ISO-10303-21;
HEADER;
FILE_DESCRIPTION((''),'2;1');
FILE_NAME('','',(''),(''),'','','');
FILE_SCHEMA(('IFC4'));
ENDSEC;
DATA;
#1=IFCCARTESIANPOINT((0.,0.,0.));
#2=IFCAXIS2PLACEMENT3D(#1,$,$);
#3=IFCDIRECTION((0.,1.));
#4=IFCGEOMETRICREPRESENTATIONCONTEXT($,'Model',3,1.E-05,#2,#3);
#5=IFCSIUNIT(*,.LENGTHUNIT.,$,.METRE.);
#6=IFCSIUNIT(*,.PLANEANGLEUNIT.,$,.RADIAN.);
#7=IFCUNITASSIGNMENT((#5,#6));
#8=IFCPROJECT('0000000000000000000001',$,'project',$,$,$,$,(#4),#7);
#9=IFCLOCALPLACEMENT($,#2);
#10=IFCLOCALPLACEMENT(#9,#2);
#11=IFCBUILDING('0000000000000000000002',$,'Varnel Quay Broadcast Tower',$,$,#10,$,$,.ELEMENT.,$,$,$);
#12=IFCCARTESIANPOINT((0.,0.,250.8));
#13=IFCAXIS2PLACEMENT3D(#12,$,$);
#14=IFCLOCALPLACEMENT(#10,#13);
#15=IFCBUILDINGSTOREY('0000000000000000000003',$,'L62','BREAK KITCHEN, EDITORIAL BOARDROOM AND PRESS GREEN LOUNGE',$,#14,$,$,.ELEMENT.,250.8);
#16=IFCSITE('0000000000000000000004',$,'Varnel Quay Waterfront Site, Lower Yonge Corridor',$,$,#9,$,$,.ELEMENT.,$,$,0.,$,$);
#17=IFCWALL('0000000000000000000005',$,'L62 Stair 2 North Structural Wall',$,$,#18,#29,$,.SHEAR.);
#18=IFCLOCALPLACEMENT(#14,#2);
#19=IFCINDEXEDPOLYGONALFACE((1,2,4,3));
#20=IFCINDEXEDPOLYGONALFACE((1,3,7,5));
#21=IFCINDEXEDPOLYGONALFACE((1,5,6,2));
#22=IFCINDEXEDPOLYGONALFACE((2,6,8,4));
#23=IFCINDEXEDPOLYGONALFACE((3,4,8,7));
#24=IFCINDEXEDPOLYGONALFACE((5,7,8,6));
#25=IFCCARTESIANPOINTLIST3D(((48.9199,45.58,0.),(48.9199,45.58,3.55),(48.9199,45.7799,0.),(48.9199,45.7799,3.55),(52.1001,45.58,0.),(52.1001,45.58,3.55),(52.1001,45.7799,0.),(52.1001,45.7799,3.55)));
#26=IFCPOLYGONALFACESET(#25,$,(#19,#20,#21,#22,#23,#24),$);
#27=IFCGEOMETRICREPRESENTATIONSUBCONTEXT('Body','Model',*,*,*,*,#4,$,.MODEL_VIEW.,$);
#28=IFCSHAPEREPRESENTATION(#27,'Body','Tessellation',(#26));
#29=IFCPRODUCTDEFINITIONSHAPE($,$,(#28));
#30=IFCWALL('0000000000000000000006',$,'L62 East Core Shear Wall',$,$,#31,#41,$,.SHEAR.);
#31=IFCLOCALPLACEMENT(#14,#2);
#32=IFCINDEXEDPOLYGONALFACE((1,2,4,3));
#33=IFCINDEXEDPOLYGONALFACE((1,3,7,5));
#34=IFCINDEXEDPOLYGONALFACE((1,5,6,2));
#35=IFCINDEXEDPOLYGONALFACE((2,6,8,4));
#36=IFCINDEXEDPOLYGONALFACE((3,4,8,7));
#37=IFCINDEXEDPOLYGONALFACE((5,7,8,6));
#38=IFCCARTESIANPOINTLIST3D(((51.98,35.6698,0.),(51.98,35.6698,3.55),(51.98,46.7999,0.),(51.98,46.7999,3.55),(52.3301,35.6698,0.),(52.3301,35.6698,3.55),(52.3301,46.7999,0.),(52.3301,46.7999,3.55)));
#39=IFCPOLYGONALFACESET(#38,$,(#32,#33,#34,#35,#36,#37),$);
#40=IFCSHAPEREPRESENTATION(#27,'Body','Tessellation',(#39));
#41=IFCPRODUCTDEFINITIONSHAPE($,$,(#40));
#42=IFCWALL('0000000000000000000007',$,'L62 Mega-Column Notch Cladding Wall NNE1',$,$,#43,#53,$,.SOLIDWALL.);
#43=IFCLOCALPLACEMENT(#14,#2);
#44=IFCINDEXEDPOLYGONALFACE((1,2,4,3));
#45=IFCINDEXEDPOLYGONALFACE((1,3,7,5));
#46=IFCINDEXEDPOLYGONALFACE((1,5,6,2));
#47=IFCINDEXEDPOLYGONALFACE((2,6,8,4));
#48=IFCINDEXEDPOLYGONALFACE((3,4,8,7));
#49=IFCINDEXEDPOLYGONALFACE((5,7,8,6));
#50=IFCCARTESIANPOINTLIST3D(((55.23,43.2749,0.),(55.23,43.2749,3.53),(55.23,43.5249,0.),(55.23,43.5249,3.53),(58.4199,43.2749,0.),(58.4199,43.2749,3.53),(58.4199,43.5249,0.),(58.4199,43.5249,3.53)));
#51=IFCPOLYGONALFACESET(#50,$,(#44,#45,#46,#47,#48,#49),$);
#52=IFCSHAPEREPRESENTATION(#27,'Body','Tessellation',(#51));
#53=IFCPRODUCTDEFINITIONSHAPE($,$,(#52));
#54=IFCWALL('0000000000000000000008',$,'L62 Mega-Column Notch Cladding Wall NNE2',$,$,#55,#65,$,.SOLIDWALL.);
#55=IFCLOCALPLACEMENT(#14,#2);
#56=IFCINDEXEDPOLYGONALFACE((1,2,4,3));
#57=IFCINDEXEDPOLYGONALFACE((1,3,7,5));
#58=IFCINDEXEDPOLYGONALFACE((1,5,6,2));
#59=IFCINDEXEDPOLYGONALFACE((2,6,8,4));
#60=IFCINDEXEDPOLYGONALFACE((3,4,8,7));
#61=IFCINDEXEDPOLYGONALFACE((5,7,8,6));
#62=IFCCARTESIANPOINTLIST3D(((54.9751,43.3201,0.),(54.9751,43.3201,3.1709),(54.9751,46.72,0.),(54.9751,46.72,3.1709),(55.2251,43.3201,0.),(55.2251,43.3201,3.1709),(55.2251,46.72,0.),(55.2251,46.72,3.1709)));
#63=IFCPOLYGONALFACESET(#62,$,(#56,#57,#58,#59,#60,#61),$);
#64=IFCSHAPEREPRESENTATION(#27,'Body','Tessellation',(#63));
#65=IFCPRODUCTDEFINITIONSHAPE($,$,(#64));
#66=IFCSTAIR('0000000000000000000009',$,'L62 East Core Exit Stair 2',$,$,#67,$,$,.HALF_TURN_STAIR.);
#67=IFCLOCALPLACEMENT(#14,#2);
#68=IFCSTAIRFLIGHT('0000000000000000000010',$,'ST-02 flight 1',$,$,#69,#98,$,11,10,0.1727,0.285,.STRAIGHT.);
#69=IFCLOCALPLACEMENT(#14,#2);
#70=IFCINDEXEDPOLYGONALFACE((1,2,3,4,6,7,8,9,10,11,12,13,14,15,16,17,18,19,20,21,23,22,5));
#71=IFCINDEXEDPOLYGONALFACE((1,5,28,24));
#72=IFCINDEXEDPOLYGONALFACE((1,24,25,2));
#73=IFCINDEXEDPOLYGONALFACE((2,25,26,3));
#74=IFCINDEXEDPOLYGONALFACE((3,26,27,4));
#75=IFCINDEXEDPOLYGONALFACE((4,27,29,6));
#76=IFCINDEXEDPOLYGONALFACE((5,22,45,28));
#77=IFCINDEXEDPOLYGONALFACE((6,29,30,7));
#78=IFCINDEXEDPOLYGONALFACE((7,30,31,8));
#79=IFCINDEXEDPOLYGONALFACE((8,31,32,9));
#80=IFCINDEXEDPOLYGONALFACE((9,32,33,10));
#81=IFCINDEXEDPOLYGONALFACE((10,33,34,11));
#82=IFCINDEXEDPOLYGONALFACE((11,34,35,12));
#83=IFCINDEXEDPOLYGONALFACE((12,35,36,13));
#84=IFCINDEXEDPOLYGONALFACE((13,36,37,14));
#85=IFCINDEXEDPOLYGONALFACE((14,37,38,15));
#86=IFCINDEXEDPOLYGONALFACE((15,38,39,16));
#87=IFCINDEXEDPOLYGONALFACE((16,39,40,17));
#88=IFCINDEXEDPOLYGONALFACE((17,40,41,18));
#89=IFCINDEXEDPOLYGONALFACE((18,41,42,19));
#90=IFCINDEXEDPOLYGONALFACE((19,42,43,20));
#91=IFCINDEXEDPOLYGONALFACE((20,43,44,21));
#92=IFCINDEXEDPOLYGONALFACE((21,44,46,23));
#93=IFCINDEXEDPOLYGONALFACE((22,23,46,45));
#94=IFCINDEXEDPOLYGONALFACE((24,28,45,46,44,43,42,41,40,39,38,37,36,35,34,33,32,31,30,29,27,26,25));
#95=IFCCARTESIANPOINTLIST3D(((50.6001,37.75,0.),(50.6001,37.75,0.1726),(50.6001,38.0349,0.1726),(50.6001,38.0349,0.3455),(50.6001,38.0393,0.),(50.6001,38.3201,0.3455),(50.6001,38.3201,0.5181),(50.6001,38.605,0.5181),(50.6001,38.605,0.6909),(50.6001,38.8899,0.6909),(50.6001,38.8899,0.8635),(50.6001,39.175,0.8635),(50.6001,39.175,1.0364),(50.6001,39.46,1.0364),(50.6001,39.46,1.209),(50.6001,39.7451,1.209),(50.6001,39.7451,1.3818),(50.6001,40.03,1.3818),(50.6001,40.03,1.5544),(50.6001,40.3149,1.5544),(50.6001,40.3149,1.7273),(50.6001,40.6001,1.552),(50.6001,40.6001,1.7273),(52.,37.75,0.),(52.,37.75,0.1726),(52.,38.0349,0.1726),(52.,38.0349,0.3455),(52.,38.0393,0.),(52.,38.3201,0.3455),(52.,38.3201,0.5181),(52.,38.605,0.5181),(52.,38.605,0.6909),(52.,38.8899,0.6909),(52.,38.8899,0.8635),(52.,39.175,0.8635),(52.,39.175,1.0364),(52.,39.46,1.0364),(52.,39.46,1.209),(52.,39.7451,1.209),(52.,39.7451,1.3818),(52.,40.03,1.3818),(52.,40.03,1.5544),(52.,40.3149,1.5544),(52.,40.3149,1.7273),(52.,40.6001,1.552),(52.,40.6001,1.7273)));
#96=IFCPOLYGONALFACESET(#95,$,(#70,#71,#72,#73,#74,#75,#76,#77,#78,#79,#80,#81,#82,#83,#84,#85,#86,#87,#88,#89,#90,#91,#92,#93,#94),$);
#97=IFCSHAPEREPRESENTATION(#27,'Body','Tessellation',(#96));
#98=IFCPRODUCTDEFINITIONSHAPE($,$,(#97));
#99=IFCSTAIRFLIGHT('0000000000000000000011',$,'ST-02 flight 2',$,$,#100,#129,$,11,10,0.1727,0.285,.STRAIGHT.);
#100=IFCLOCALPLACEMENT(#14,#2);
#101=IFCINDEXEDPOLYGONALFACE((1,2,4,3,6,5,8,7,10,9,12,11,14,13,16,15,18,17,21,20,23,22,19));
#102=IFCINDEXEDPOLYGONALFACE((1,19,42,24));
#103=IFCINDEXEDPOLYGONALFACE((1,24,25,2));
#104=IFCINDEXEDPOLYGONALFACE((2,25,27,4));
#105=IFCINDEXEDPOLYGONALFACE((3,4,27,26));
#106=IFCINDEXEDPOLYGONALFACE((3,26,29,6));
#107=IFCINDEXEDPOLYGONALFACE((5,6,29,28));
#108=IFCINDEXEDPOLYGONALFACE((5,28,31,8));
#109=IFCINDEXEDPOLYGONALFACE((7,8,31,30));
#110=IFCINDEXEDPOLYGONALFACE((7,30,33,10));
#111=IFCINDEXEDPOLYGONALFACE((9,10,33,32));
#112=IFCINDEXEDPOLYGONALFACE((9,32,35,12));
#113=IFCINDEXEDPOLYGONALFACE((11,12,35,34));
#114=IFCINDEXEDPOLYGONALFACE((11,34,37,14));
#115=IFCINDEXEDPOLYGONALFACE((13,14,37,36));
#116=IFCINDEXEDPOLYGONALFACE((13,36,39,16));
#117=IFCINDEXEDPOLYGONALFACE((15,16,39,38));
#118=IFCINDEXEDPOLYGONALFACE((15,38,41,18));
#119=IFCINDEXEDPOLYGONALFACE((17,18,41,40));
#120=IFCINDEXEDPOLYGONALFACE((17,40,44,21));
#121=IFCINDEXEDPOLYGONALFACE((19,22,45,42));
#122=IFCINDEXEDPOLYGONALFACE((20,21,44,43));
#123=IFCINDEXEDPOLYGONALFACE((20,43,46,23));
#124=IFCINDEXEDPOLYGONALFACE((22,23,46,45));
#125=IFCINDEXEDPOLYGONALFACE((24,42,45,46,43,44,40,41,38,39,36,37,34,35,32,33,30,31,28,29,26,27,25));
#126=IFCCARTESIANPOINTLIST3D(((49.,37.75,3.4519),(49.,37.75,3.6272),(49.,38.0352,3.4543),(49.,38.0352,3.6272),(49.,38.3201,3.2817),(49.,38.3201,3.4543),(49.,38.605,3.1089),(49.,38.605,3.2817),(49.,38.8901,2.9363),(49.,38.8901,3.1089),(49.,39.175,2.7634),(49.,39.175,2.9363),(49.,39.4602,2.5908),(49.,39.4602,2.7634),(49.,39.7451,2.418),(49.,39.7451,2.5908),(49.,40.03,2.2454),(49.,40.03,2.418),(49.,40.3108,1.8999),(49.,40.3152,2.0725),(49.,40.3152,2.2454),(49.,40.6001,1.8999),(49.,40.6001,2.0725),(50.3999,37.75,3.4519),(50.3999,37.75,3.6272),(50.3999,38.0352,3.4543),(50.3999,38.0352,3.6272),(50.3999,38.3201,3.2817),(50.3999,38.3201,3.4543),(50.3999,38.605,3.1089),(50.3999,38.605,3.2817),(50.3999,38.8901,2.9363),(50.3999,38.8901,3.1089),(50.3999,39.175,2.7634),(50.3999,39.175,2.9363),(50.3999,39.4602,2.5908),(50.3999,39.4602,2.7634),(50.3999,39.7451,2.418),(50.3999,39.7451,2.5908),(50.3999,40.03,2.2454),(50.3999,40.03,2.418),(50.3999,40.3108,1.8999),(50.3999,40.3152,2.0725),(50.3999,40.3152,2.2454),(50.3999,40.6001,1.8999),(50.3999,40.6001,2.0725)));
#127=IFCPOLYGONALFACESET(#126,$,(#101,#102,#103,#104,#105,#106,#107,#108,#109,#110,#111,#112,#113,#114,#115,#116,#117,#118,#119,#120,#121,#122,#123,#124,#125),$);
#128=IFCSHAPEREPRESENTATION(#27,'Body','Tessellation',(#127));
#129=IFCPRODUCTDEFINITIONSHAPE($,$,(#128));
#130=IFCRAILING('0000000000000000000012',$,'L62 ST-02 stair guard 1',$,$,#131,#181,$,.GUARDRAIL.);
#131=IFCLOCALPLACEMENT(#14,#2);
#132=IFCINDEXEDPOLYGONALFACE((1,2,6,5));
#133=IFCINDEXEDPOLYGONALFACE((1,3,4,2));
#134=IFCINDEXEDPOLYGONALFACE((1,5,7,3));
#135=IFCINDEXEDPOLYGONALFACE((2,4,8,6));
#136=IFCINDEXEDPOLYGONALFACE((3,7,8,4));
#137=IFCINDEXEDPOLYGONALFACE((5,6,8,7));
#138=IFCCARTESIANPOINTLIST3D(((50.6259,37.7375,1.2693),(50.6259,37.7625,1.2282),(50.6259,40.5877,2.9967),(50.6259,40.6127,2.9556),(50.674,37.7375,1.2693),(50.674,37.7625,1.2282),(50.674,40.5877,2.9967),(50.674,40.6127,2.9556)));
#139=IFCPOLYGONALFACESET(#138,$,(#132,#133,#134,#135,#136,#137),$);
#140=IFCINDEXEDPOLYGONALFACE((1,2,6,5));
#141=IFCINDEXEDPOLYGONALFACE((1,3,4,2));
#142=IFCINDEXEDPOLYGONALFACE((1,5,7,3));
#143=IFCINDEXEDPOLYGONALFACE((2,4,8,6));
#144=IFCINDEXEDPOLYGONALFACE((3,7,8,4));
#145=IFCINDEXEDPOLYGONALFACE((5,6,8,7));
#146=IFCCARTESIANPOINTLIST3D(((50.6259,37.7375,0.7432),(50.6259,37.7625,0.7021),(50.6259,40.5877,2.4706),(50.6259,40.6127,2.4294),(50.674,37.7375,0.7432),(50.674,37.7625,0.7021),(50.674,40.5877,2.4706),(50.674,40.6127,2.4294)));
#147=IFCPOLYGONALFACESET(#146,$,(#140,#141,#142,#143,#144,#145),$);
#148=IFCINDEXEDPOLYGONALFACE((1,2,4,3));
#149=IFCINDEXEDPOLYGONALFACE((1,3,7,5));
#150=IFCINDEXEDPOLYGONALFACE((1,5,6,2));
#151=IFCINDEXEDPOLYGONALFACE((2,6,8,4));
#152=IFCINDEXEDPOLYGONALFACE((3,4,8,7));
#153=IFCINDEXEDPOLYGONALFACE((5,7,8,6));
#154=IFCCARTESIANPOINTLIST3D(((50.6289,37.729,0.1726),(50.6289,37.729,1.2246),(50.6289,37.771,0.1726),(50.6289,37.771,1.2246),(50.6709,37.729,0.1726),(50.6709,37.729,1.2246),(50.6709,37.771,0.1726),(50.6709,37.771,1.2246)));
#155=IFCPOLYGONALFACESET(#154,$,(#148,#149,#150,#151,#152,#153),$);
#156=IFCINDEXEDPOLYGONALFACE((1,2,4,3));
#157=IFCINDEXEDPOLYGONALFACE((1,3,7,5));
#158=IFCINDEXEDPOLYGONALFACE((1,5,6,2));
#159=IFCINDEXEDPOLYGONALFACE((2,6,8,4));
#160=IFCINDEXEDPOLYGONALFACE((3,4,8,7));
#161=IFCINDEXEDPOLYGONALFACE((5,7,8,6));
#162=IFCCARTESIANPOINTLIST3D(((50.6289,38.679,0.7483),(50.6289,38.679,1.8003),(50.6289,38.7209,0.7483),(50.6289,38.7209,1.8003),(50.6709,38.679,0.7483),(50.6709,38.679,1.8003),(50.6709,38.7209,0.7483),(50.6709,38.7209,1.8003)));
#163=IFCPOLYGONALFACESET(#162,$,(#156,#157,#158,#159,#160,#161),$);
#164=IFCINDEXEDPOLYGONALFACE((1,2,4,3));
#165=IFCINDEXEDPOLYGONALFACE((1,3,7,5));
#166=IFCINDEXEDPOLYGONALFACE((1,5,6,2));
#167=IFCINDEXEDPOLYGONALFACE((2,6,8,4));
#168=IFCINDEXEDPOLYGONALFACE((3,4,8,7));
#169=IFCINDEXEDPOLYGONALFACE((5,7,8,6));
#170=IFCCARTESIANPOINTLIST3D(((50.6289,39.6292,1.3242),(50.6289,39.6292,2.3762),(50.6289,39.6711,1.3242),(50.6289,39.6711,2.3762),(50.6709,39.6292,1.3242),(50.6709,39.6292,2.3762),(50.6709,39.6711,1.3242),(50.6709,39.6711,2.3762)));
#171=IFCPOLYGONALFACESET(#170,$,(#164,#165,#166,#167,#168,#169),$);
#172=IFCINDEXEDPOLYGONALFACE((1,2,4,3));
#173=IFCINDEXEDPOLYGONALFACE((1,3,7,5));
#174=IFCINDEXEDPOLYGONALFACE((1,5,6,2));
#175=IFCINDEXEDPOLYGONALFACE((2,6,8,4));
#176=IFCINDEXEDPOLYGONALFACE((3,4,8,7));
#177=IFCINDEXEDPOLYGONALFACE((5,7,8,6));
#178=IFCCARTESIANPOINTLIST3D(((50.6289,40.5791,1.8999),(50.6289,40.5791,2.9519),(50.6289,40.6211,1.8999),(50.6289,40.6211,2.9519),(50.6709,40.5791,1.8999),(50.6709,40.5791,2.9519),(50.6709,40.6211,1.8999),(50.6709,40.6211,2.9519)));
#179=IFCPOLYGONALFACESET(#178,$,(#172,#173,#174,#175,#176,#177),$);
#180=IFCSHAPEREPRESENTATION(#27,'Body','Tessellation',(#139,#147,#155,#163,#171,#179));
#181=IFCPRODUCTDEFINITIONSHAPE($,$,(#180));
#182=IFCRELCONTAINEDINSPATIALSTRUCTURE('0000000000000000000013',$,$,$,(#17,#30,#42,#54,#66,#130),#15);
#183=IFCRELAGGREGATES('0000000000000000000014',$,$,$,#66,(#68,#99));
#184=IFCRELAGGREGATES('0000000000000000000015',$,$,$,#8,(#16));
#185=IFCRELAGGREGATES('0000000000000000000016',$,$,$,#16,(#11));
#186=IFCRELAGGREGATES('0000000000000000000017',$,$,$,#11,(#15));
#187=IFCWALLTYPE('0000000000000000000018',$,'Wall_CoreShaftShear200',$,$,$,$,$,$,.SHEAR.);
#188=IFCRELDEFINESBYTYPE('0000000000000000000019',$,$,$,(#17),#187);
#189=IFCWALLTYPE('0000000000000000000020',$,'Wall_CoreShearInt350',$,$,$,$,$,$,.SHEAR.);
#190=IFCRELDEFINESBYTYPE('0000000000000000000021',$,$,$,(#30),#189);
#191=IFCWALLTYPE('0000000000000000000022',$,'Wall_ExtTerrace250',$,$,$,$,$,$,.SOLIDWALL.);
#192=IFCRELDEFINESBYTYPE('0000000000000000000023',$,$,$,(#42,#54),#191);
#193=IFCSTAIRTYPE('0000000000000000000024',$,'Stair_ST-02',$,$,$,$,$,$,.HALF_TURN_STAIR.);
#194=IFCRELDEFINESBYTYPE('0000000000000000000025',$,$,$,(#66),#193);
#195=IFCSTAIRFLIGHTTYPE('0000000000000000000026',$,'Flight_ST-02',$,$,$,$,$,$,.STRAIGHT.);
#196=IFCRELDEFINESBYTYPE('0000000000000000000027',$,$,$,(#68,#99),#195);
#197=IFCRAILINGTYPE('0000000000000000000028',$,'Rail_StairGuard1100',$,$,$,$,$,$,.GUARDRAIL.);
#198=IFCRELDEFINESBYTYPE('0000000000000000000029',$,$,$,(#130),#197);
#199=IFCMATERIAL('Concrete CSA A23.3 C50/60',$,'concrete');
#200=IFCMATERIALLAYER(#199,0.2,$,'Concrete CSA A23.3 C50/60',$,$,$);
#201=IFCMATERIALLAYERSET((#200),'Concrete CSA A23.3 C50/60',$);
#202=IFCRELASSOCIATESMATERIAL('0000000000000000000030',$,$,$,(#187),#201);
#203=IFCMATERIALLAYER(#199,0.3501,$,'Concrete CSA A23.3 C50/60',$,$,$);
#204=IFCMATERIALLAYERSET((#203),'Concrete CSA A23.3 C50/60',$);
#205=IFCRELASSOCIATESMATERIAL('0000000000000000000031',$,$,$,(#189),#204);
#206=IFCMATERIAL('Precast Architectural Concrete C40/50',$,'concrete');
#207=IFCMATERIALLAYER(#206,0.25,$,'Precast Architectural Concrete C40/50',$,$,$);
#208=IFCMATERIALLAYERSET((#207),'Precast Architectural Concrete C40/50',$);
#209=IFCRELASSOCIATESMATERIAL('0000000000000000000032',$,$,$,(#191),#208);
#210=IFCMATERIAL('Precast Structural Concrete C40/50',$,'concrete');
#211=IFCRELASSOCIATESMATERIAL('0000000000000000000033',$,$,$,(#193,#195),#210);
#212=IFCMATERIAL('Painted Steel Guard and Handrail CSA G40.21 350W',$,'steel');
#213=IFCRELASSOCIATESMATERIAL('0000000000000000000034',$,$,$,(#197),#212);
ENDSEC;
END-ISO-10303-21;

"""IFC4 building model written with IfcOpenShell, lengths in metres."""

from ifc_helpers import new_model, si_unit, direction, frame, frame_2d, origin, origin_2d, place, context, subcontext, project, spatial, polyline, rectangle, outline, extrude, material, layer, layer_set, type_object, element, aggregate, save


model = new_model("IFC4")

# Units and contexts
model_context = context("Model", 3, precision=1e-05, world=origin(), true_north=direction((0.0, 1.0)))
body_context = subcontext(model_context, "Body", "Model", "MODEL_VIEW")
ifc_project = project(units=[si_unit("LENGTHUNIT", "METRE"), si_unit("PLANEANGLEUNIT", "RADIAN")], contexts=[model_context])

# Site, building, storey
site_placement = place(None, origin())
site = spatial("IfcSite", under=ifc_project, at=site_placement, Name="Varnel Quay Waterfront Site, Lower Yonge Corridor", CompositionType="ELEMENT", RefElevation=0.0)
building_placement = place(site_placement, origin())
building = spatial("IfcBuilding", under=site, at=building_placement, Name="Varnel Quay Broadcast Tower", CompositionType="ELEMENT")
storey_placement = place(building_placement, frame((0.0, 0.0, 250.8)))
storey = spatial("IfcBuildingStorey", under=building, at=storey_placement, Name="L62", Description="BREAK KITCHEN, EDITORIAL BOARDROOM AND PRESS GREEN LOUNGE", CompositionType="ELEMENT", Elevation=250.8)

# Walls
ifc_material_1 = material(Name="Concrete CSA A23.3 C50/60", Category="concrete")
ifc_layer_1 = layer(ifc_material_1, 0.2, Name="Concrete CSA A23.3 C50/60")
ifc_layer_set_1 = layer_set([ifc_layer_1], Name="Concrete CSA A23.3 C50/60")
wall_type_1 = type_object("IfcWallType", Name="Wall_CoreShaftShear200", PredefinedType="SHEAR", material=ifc_layer_set_1)
wall_1_placement = place(storey_placement, frame((48.9199, 45.6799, 0.0), z_axis=(0.0, 0.0, 1.0), x_axis=(1.0, 0.0, 0.0)))
element("IfcWall", 1, at=wall_1_placement, inside=storey, type_object=wall_type_1, Name="L62 Stair 2 North Structural Wall", PredefinedType="SHEAR", context=body_context, shape_type="SweptSolid", body=[
    extrude(rectangle(XDim=3.1802, YDim=0.2, at=frame_2d((1.5901, 0.0))), origin(), (0.0, 0.0, 1.0), 3.55),
])
ifc_layer_2 = layer(ifc_material_1, 0.3501, Name="Concrete CSA A23.3 C50/60")
ifc_layer_set_2 = layer_set([ifc_layer_2], Name="Concrete CSA A23.3 C50/60")
wall_type_2 = type_object("IfcWallType", Name="Wall_CoreShearInt350", PredefinedType="SHEAR", material=ifc_layer_set_2)
wall_2_placement = place(storey_placement, frame((52.155, 35.6699, 0.0), z_axis=(0.0, 0.0, 1.0), x_axis=(0.0, 1.0, 0.0)))
element("IfcWall", 2, at=wall_2_placement, inside=storey, type_object=wall_type_2, Name="L62 East Core Shear Wall", PredefinedType="SHEAR", context=body_context, shape_type="SweptSolid", body=[
    extrude(rectangle(XDim=11.1301, YDim=0.3501, at=frame_2d((5.5649, 0.0))), origin(), (0.0, 0.0, 1.0), 3.55),
])
ifc_material_2 = material(Name="Precast Architectural Concrete C40/50", Category="concrete")
ifc_layer_3 = layer(ifc_material_2, 0.25, Name="Precast Architectural Concrete C40/50")
ifc_layer_set_3 = layer_set([ifc_layer_3], Name="Precast Architectural Concrete C40/50")
wall_type_3 = type_object("IfcWallType", Name="Wall_ExtTerrace250", PredefinedType="SOLIDWALL", material=ifc_layer_set_3)
wall_3_placement = place(storey_placement, frame((55.23, 43.3999, 0.0), z_axis=(0.0, 0.0, 1.0), x_axis=(1.0, 0.0, 0.0)))
element("IfcWall", 3, at=wall_3_placement, inside=storey, type_object=wall_type_3, Name="L62 Mega-Column Notch Cladding Wall NNE1", PredefinedType="SOLIDWALL", context=body_context, shape_type="SweptSolid", body=[
    extrude(rectangle(XDim=3.1899, YDim=0.25, at=frame_2d((1.595, 0.0))), origin(), (0.0, 0.0, 1.0), 3.53),
])
wall_4_placement = place(storey_placement, frame((55.1001, 43.3201, 0.0), z_axis=(0.0, 0.0, 1.0), x_axis=(0.0, 1.0, 0.0)))
element("IfcWall", 4, at=wall_4_placement, inside=storey, type_object=wall_type_3, Name="L62 Mega-Column Notch Cladding Wall NNE2", PredefinedType="SOLIDWALL", context=body_context, shape_type="SweptSolid", body=[
    extrude(rectangle(XDim=3.3999, YDim=0.25, at=frame_2d((1.7, 0.0))), origin(), (0.0, 0.0, 1.0), 3.1709),
])

# Stair, stair flights
ifc_material_3 = material(Name="Precast Structural Concrete C40/50", Category="concrete")
stair_type = type_object("IfcStairType", Name="Stair_ST-02", PredefinedType="HALF_TURN_STAIR", material=ifc_material_3)
stair_placement = place(storey_placement, origin())
stair = element("IfcStair", 5, at=stair_placement, inside=storey, type_object=stair_type, Name="L62 East Core Exit Stair 2", PredefinedType="HALF_TURN_STAIR")
stair_flight_type = type_object("IfcStairFlightType", Name="Flight_ST-02", PredefinedType="STRAIGHT", material=ifc_material_3)
stair_flight_1_placement = place(storey_placement, frame((51.3, 37.75, 0.0), z_axis=(0.0, 0.0, 1.0), x_axis=(0.0, 1.0, 0.0)))
stair_flight_1 = element("IfcStairFlight", 6, at=stair_flight_1_placement, type_object=stair_flight_type, Name="ST-02 flight 1", NumberOfRisers=11, NumberOfTreads=10, PredefinedType="STRAIGHT", RiserHeight=0.1727, TreadLength=0.285, context=body_context, shape_type="SweptSolid", body=[
    extrude(outline(polyline([(0.0, 0.0), (0.0, 0.1726), (0.2849, 0.1726), (0.2849, 0.3455), (0.5701, 0.3455), (0.5701, 0.5181), (0.855, 0.5181), (0.855, 0.6909), (1.1399, 0.6909), (1.1399, 0.8635), (1.425, 0.8635), (1.425, 1.0364), (1.71, 1.0364), (1.71, 1.209), (1.9951, 1.209), (1.9951, 1.3818), (2.28, 1.3818), (2.28, 1.5544), (2.5649, 1.5544), (2.5649, 1.7273), (2.8501, 1.7273), (2.8501, 1.8999), (2.8501, 1.552), (0.2893, 0.0), (0.0, 0.0)])), frame((0.0, 0.7, 0.0), z_axis=(0.0, -1.0, 0.0), x_axis=(1.0, 0.0, 0.0)), (0.0, 0.0, 1.0), 1.3999),
])
stair_flight_2_placement = place(storey_placement, frame((49.7, 40.6001, 1.8999), z_axis=(0.0, 0.0, 1.0), x_axis=(0.0, -1.0, 0.0)))
stair_flight_2 = element("IfcStairFlight", 7, at=stair_flight_2_placement, type_object=stair_flight_type, Name="ST-02 flight 2", NumberOfRisers=11, NumberOfTreads=10, PredefinedType="STRAIGHT", RiserHeight=0.1727, TreadLength=0.285, context=body_context, shape_type="SweptSolid", body=[
    extrude(outline(polyline([(0.0, 0.0), (0.0, 0.1726), (0.2849, 0.1726), (0.2849, 0.3455), (0.5701, 0.3455), (0.5701, 0.5181), (0.855, 0.5181), (0.855, 0.6909), (1.1399, 0.6909), (1.1399, 0.8635), (1.425, 0.8635), (1.425, 1.0364), (1.71, 1.0364), (1.71, 1.209), (1.9951, 1.209), (1.9951, 1.3818), (2.28, 1.3818), (2.28, 1.5544), (2.5649, 1.5544), (2.5649, 1.7273), (2.8501, 1.7273), (2.8501, 1.8999), (2.8501, 1.552), (0.2893, 0.0), (0.0, 0.0)])), frame((0.0, 0.7, 0.0), z_axis=(0.0, -1.0, 0.0), x_axis=(1.0, 0.0, 0.0)), (0.0, 0.0, 1.0), 1.3999),
])
aggregate(stair, [stair_flight_1, stair_flight_2])

# Railing
ifc_material_4 = material(Name="Painted Steel Guard and Handrail CSA G40.21 350W", Category="steel")
railing_type_1 = type_object("IfcRailingType", Name="Rail_StairGuard1100", PredefinedType="GUARDRAIL", material=ifc_material_4)
railing_1_placement = place(storey_placement, frame((50.6499, 37.75, 0.1726)))
element("IfcRailing", 8, at=railing_1_placement, inside=storey, type_object=railing_type_1, Name="L62 ST-02 stair guard 1", PredefinedType="GUARDRAIL", context=body_context, shape_type="SweptSolid", body=[
    extrude(rectangle(XDim=0.0481, YDim=0.0481, at=origin_2d()), frame((0.0, 0.0, 1.0762), z_axis=(0.0, 0.855203, 0.518294), x_axis=(-1.0, 0.0, 0.0)), (0.0, 0.0, 1.0), 3.3328),
    extrude(rectangle(XDim=0.0481, YDim=0.0481, at=origin_2d()), frame((0.0, 0.0, 0.55), z_axis=(0.0, 0.855203, 0.518294), x_axis=(-1.0, 0.0, 0.0)), (0.0, 0.0, 1.0), 3.3328),
    extrude(rectangle(XDim=0.042, YDim=0.042, at=origin_2d()), origin(), (0.0, 0.0, 1.0), 1.052),
    extrude(rectangle(XDim=0.042, YDim=0.042, at=origin_2d()), frame((0.0, 0.95, 0.5757)), (0.0, 0.0, 1.0), 1.052),
    extrude(rectangle(XDim=0.042, YDim=0.042, at=origin_2d()), frame((0.0, 1.9001, 1.1516)), (0.0, 0.0, 1.0), 1.052),
    extrude(rectangle(XDim=0.042, YDim=0.042, at=origin_2d()), frame((0.0, 2.8501, 1.7273)), (0.0, 0.0, 1.0), 1.052),
])

save(model, "model.ifc")
